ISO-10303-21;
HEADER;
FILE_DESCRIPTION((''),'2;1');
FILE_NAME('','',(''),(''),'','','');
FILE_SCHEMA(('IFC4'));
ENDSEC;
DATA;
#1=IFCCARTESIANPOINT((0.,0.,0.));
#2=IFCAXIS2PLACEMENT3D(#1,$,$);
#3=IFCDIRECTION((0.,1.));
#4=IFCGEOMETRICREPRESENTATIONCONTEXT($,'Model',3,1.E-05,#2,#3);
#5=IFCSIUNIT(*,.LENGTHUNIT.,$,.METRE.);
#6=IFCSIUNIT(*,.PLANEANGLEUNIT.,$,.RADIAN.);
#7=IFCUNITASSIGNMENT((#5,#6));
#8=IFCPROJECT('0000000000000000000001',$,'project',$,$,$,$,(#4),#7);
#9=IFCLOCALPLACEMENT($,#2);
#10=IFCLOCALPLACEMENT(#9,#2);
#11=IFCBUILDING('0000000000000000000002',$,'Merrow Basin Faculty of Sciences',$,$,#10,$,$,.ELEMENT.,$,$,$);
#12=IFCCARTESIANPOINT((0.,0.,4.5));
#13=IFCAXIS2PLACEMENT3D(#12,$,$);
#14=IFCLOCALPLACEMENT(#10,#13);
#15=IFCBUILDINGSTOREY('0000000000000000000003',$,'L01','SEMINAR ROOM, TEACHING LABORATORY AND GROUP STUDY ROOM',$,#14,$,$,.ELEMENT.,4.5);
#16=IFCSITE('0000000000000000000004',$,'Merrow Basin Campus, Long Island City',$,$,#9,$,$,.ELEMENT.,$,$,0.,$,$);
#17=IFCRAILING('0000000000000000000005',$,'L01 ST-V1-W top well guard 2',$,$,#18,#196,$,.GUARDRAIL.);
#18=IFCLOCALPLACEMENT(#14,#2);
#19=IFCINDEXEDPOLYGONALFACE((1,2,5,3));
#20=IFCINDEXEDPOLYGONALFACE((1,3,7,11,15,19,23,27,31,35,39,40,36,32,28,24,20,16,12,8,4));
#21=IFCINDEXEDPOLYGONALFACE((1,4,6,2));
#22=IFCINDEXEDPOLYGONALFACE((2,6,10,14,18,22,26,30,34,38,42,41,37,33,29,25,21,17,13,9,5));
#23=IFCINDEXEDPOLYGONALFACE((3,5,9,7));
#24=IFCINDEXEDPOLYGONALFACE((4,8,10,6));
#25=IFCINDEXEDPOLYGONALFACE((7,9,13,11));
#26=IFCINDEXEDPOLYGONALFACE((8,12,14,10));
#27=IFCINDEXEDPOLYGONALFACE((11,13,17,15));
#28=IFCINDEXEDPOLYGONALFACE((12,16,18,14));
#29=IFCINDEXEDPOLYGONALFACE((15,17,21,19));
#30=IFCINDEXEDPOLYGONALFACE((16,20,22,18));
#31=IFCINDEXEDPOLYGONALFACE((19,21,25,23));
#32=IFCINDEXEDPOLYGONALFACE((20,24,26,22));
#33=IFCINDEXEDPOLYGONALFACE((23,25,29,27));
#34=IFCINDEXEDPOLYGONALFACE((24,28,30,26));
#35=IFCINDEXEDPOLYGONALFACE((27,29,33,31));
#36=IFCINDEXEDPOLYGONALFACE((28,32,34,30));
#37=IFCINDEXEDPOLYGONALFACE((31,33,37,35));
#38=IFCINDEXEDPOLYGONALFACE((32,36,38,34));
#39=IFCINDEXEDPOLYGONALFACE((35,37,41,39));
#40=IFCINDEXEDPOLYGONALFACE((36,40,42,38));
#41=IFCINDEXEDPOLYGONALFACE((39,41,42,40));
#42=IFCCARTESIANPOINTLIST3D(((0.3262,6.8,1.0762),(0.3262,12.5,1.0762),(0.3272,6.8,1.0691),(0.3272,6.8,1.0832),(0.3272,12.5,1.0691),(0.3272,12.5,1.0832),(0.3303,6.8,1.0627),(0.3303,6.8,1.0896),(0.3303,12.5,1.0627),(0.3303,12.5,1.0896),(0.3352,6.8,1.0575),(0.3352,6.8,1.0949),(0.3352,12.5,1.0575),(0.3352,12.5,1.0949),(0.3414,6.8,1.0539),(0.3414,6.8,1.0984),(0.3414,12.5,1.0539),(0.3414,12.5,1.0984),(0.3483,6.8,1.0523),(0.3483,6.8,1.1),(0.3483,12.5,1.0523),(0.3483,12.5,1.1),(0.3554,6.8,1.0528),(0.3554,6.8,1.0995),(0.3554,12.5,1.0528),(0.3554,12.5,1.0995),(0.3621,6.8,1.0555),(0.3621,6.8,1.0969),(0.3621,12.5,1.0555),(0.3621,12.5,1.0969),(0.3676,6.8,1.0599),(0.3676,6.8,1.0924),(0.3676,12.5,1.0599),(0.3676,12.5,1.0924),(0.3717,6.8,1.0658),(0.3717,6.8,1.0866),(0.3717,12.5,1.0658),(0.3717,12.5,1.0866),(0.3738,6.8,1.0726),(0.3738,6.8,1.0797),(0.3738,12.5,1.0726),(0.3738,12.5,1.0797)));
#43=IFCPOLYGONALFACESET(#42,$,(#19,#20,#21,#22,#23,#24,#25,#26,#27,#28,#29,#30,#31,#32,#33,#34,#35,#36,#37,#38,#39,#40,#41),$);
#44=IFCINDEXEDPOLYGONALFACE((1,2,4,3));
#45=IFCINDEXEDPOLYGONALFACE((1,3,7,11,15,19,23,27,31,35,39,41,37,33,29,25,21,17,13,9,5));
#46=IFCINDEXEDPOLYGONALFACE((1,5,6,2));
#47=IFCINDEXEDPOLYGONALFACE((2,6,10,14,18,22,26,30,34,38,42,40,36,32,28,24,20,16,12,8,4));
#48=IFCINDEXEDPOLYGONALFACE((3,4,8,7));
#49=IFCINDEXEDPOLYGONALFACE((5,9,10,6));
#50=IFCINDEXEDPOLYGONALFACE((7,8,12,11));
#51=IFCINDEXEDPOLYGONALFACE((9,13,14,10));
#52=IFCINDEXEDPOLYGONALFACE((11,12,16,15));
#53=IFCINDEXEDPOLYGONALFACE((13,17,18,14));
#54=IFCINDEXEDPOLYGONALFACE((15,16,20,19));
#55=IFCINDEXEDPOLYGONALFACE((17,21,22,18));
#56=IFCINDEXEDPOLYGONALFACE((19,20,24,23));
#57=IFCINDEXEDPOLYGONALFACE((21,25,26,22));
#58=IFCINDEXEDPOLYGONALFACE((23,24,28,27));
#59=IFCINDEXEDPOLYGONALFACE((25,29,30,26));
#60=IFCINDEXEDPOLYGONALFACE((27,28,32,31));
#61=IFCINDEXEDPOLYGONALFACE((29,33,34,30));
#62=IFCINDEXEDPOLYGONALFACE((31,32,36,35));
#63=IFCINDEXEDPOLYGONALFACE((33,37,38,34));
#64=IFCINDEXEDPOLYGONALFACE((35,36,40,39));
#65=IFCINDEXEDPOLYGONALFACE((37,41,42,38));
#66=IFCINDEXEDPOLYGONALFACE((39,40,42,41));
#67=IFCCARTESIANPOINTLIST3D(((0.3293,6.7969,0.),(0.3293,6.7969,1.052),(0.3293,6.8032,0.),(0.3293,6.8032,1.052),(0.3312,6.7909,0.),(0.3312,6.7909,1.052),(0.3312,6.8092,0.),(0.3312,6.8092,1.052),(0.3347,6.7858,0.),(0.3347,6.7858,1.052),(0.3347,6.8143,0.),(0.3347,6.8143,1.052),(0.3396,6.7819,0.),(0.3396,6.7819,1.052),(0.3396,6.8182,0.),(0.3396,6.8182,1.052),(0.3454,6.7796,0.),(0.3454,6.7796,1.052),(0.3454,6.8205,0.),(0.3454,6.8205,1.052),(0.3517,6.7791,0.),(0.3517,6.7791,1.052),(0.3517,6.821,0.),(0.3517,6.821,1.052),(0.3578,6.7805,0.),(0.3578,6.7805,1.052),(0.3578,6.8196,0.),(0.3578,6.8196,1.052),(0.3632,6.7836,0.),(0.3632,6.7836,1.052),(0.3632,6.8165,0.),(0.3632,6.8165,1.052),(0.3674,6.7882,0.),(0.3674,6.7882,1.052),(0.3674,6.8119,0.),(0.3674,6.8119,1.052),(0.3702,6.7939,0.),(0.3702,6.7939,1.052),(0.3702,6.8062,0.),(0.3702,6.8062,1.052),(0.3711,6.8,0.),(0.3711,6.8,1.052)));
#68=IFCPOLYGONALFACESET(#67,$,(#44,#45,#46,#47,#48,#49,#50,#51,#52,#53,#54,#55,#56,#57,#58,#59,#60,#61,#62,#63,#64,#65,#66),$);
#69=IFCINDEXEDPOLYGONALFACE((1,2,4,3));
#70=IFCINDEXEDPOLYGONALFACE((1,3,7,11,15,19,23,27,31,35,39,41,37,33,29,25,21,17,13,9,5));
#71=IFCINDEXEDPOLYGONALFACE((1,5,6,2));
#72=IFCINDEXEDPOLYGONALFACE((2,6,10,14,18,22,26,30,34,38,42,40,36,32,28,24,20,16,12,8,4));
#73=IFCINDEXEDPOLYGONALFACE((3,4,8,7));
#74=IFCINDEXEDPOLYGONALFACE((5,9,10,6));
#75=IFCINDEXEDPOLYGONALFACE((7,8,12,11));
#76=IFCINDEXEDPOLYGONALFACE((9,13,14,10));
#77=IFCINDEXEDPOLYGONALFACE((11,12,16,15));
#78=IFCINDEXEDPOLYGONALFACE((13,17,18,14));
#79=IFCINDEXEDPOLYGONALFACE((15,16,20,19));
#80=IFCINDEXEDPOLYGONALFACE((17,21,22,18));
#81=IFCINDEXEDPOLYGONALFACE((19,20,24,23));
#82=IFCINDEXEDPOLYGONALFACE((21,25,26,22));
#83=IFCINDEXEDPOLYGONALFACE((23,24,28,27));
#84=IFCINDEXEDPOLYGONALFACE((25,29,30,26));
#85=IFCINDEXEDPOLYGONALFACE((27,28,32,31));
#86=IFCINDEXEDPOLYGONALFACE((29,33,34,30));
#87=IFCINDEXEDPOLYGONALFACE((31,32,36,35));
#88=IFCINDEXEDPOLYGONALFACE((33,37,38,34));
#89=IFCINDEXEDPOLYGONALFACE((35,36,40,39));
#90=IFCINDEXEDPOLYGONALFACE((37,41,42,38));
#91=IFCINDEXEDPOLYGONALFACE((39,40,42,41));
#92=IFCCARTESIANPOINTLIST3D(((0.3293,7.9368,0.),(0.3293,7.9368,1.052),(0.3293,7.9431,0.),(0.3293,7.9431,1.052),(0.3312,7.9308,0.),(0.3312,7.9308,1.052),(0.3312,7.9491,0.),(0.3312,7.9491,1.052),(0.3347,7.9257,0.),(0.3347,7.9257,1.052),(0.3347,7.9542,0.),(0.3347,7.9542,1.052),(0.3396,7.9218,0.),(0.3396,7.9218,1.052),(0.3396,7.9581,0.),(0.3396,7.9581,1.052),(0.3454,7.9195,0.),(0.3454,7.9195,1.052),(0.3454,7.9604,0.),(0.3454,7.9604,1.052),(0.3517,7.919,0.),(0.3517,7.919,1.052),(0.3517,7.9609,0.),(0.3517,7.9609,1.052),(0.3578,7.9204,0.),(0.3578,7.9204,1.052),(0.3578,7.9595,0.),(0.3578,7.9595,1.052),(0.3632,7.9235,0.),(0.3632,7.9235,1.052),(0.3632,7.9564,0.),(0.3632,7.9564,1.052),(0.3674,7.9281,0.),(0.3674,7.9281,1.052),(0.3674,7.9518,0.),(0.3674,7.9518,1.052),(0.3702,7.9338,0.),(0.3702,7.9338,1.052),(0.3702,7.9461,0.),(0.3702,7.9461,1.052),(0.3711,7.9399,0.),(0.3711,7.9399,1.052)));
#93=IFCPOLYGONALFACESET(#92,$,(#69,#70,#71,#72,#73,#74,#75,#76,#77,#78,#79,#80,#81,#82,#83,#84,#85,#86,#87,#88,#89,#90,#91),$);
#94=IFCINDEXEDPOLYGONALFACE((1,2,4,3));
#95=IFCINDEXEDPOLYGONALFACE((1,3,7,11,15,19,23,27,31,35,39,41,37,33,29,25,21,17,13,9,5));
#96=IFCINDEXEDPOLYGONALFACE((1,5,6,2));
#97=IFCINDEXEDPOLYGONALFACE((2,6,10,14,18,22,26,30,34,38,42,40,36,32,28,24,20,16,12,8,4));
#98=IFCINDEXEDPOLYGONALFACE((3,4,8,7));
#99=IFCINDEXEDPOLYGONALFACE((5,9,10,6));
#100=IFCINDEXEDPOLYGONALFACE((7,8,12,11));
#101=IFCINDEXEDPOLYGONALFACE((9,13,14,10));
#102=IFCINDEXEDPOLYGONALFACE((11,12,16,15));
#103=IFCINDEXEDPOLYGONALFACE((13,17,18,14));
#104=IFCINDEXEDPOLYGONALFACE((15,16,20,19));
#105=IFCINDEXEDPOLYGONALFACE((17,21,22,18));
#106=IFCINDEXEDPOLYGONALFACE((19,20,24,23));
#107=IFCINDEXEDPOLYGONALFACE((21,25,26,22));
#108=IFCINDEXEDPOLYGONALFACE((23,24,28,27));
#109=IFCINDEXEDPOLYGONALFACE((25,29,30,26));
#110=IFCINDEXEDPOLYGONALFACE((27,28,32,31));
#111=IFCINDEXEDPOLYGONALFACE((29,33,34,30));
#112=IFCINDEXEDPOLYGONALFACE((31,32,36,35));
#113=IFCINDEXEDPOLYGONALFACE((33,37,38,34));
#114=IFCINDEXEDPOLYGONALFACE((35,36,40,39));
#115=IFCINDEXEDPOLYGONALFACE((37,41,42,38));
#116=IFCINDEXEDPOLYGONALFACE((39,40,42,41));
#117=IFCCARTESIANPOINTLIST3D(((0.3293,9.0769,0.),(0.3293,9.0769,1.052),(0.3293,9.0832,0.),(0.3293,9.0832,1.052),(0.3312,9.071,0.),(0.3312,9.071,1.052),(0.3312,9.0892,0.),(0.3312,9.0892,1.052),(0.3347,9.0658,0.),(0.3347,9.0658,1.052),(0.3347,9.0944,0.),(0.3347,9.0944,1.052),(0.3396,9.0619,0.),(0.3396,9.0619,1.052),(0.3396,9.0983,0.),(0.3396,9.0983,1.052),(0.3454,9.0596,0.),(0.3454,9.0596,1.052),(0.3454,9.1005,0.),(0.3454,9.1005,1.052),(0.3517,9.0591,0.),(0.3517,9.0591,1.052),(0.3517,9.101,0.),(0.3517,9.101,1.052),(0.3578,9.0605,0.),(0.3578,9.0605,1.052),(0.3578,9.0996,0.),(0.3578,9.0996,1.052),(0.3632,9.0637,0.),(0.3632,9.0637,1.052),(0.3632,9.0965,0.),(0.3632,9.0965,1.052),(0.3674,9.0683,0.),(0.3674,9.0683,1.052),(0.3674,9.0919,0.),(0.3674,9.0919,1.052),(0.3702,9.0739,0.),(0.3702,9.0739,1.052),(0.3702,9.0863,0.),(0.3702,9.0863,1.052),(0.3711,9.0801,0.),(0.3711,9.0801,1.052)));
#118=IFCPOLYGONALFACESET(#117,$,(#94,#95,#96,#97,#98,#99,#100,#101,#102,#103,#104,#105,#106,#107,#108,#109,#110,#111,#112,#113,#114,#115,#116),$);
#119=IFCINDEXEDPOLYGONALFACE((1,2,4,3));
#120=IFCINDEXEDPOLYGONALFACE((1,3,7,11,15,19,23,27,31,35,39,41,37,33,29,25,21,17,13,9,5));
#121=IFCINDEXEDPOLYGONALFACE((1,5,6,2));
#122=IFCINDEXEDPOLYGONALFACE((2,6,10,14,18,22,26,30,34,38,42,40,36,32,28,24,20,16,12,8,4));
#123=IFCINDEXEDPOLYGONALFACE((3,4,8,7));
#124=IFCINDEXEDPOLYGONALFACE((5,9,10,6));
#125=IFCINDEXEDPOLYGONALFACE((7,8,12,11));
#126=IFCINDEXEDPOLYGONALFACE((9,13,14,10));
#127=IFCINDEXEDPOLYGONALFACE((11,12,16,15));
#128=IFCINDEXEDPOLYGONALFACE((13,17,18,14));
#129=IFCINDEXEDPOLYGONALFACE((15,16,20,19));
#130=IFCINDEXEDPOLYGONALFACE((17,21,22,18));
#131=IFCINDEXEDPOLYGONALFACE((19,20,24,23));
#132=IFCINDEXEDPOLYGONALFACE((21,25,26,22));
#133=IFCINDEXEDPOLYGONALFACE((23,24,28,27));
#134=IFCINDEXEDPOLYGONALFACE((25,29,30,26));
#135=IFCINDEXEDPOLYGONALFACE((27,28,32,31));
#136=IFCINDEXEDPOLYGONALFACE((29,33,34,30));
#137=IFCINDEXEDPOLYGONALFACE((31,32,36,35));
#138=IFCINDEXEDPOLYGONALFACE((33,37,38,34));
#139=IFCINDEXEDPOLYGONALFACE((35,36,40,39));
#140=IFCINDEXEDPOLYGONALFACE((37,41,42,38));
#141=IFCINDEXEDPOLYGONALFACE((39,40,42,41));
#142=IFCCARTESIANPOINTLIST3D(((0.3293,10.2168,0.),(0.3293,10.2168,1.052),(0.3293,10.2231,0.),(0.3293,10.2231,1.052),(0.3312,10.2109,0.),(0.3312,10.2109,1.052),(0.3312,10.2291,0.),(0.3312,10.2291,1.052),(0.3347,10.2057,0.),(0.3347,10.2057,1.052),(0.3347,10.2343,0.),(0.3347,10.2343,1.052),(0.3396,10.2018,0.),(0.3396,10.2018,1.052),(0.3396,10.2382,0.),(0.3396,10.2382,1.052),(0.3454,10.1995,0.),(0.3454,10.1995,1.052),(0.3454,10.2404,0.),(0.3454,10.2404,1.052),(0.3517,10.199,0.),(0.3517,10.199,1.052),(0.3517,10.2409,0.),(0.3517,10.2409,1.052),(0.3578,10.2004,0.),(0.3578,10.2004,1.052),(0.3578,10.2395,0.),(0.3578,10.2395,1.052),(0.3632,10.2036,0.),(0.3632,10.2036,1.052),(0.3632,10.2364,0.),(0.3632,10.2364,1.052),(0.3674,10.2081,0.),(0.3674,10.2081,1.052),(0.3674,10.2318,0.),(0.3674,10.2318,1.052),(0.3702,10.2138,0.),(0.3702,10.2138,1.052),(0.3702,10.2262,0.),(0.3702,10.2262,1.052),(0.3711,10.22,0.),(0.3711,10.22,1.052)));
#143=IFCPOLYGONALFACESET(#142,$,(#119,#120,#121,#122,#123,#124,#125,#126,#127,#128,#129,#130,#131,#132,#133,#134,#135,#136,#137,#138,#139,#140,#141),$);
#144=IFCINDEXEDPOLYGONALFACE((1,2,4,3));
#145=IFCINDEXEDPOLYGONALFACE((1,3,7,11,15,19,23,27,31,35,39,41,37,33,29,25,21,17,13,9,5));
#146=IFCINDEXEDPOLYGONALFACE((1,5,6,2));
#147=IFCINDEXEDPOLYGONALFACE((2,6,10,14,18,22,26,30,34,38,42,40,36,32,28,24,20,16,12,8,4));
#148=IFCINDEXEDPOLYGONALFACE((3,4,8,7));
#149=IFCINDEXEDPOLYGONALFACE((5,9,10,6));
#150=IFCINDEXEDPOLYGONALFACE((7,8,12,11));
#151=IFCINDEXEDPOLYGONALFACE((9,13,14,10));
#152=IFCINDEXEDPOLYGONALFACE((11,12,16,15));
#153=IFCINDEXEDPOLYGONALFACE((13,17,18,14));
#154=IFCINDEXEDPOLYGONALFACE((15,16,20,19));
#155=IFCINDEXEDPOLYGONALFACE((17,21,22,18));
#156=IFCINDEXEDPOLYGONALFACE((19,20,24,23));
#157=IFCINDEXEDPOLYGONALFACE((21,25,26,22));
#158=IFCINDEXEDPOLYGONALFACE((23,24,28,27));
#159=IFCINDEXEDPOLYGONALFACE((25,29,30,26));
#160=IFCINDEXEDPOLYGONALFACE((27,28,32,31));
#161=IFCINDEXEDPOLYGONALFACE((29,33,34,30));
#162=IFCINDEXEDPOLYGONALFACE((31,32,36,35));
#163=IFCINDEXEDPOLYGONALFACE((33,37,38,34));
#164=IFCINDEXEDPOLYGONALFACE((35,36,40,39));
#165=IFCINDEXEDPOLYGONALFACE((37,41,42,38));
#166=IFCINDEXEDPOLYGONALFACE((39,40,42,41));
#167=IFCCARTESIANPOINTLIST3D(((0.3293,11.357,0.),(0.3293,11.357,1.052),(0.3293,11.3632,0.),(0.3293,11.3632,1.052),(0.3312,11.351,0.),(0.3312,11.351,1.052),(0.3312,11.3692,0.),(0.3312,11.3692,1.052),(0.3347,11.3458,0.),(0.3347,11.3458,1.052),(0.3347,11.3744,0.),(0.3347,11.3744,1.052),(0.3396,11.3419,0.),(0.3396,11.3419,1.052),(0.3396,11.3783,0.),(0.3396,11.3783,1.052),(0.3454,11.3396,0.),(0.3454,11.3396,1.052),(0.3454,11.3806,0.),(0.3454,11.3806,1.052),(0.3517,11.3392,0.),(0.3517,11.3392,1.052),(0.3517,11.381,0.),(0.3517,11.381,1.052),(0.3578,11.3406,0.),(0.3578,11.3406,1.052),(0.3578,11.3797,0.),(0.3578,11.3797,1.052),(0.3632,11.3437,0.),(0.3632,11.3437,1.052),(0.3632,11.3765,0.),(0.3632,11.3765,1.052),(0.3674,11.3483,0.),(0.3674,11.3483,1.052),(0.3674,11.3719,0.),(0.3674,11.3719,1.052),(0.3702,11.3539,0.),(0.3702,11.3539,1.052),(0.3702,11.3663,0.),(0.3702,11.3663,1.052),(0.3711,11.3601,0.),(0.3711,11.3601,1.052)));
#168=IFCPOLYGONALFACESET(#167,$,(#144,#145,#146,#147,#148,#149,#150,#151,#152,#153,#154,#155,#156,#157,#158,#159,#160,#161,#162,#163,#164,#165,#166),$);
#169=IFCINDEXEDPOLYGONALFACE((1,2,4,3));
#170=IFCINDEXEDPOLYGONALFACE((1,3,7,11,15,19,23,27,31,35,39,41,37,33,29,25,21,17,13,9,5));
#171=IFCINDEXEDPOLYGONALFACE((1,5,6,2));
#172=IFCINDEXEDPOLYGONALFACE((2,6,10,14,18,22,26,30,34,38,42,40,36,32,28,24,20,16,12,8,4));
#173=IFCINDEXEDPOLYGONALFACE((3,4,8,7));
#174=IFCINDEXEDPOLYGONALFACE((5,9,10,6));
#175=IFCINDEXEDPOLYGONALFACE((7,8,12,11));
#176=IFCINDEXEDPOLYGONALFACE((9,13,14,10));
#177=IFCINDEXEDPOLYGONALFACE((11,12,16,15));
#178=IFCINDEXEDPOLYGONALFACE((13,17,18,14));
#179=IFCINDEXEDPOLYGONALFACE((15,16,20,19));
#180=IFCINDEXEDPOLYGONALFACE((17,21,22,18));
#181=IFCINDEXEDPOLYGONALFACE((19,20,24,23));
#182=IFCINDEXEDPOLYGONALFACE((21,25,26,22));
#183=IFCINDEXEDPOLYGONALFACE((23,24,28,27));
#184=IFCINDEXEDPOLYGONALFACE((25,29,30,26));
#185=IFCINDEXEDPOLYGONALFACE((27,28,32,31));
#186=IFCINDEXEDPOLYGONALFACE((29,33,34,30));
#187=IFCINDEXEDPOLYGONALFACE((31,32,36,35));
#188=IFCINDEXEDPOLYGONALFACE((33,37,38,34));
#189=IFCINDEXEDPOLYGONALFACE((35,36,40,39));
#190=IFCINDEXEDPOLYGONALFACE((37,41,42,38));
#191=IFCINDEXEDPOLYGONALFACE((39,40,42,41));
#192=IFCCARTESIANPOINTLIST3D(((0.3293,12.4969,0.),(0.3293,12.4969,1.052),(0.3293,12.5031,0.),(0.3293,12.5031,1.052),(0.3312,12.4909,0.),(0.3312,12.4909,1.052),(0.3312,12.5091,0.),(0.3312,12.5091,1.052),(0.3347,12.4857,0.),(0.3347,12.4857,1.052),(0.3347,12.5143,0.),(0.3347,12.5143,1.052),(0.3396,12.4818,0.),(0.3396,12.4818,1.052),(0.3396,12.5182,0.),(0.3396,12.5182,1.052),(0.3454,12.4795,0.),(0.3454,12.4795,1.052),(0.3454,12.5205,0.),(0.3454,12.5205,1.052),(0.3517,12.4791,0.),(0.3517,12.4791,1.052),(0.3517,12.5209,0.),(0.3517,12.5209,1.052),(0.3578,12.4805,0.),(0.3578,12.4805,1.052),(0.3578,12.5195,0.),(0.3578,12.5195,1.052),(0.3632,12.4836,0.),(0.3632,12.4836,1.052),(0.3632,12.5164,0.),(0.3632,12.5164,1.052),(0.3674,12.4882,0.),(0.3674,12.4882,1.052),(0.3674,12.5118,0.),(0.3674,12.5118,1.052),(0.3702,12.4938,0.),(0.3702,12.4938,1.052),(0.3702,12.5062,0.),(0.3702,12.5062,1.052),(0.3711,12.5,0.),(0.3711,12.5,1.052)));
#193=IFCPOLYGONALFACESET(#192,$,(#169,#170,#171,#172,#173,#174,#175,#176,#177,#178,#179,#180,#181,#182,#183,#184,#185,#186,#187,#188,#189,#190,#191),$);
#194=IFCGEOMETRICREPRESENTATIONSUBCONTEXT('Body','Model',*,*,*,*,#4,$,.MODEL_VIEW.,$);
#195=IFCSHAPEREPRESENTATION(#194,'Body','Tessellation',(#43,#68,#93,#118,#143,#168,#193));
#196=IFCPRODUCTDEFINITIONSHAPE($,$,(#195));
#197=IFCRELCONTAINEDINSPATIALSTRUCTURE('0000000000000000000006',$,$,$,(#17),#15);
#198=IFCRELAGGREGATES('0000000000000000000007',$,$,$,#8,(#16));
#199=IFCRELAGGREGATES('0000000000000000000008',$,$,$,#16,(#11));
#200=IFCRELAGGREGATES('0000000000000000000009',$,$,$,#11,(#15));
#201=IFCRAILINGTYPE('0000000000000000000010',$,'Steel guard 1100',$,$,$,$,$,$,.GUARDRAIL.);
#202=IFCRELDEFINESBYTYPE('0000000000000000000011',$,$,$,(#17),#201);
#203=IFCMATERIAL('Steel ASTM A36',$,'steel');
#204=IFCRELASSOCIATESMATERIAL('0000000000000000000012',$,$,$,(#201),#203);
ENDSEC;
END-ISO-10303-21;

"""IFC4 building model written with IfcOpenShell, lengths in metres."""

from ifc_helpers import new_model, si_unit, direction, frame, origin, origin_2d, place, context, subcontext, project, spatial, circle, extrude, material, type_object, element, save


model = new_model("IFC4")

# Units and contexts
model_context = context("Model", 3, precision=1e-05, world=origin(), true_north=direction((0.0, 1.0)))
body_context = subcontext(model_context, "Body", "Model", "MODEL_VIEW")
ifc_project = project(units=[si_unit("LENGTHUNIT", "METRE"), si_unit("PLANEANGLEUNIT", "RADIAN")], contexts=[model_context])

# Site, building, storey
site_placement = place(None, origin())
site = spatial("IfcSite", under=ifc_project, at=site_placement, Name="Merrow Basin Campus, Long Island City", CompositionType="ELEMENT", RefElevation=0.0)
building_placement = place(site_placement, origin())
building = spatial("IfcBuilding", under=site, at=building_placement, Name="Merrow Basin Faculty of Sciences", CompositionType="ELEMENT")
storey_placement = place(building_placement, frame((0.0, 0.0, 4.5)))
storey = spatial("IfcBuildingStorey", under=building, at=storey_placement, Name="L01", Description="SEMINAR ROOM, TEACHING LABORATORY AND GROUP STUDY ROOM", CompositionType="ELEMENT", Elevation=4.5)

# Railing
ifc_material_1 = material(Name="Steel ASTM A36", Category="steel")
railing_type = type_object("IfcRailingType", Name="Steel guard 1100", PredefinedType="GUARDRAIL", material=ifc_material_1)
railing_1_placement = place(storey_placement, frame((0.3501, 6.8, 0.0)))
element("IfcRailing", 1, at=railing_1_placement, inside=storey, type_object=railing_type, Name="L01 ST-V1-W top well guard 2", PredefinedType="GUARDRAIL", context=body_context, shape_type="SweptSolid", body=[
    extrude(circle(Radius=0.0239, at=origin_2d()), frame((0.0, 0.0, 1.0762), z_axis=(0.0, 1.0, 0.0), x_axis=(-1.0, 0.0, 0.0)), (0.0, 0.0, 1.0), 5.7),
    extrude(circle(Radius=0.021, at=origin_2d()), origin(), (0.0, 0.0, 1.0), 1.052),
    extrude(circle(Radius=0.021, at=origin_2d()), frame((0.0, 1.1399, 0.0)), (0.0, 0.0, 1.0), 1.052),
    extrude(circle(Radius=0.021, at=origin_2d()), frame((0.0, 2.28, 0.0)), (0.0, 0.0, 1.0), 1.052),
    extrude(circle(Radius=0.021, at=origin_2d()), frame((0.0, 3.4199, 0.0)), (0.0, 0.0, 1.0), 1.052),
    extrude(circle(Radius=0.021, at=origin_2d()), frame((0.0, 4.5601, 0.0)), (0.0, 0.0, 1.0), 1.052),
    extrude(circle(Radius=0.021, at=origin_2d()), frame((0.0, 5.7, 0.0)), (0.0, 0.0, 1.0), 1.052),
])

save(model, "model.ifc")
